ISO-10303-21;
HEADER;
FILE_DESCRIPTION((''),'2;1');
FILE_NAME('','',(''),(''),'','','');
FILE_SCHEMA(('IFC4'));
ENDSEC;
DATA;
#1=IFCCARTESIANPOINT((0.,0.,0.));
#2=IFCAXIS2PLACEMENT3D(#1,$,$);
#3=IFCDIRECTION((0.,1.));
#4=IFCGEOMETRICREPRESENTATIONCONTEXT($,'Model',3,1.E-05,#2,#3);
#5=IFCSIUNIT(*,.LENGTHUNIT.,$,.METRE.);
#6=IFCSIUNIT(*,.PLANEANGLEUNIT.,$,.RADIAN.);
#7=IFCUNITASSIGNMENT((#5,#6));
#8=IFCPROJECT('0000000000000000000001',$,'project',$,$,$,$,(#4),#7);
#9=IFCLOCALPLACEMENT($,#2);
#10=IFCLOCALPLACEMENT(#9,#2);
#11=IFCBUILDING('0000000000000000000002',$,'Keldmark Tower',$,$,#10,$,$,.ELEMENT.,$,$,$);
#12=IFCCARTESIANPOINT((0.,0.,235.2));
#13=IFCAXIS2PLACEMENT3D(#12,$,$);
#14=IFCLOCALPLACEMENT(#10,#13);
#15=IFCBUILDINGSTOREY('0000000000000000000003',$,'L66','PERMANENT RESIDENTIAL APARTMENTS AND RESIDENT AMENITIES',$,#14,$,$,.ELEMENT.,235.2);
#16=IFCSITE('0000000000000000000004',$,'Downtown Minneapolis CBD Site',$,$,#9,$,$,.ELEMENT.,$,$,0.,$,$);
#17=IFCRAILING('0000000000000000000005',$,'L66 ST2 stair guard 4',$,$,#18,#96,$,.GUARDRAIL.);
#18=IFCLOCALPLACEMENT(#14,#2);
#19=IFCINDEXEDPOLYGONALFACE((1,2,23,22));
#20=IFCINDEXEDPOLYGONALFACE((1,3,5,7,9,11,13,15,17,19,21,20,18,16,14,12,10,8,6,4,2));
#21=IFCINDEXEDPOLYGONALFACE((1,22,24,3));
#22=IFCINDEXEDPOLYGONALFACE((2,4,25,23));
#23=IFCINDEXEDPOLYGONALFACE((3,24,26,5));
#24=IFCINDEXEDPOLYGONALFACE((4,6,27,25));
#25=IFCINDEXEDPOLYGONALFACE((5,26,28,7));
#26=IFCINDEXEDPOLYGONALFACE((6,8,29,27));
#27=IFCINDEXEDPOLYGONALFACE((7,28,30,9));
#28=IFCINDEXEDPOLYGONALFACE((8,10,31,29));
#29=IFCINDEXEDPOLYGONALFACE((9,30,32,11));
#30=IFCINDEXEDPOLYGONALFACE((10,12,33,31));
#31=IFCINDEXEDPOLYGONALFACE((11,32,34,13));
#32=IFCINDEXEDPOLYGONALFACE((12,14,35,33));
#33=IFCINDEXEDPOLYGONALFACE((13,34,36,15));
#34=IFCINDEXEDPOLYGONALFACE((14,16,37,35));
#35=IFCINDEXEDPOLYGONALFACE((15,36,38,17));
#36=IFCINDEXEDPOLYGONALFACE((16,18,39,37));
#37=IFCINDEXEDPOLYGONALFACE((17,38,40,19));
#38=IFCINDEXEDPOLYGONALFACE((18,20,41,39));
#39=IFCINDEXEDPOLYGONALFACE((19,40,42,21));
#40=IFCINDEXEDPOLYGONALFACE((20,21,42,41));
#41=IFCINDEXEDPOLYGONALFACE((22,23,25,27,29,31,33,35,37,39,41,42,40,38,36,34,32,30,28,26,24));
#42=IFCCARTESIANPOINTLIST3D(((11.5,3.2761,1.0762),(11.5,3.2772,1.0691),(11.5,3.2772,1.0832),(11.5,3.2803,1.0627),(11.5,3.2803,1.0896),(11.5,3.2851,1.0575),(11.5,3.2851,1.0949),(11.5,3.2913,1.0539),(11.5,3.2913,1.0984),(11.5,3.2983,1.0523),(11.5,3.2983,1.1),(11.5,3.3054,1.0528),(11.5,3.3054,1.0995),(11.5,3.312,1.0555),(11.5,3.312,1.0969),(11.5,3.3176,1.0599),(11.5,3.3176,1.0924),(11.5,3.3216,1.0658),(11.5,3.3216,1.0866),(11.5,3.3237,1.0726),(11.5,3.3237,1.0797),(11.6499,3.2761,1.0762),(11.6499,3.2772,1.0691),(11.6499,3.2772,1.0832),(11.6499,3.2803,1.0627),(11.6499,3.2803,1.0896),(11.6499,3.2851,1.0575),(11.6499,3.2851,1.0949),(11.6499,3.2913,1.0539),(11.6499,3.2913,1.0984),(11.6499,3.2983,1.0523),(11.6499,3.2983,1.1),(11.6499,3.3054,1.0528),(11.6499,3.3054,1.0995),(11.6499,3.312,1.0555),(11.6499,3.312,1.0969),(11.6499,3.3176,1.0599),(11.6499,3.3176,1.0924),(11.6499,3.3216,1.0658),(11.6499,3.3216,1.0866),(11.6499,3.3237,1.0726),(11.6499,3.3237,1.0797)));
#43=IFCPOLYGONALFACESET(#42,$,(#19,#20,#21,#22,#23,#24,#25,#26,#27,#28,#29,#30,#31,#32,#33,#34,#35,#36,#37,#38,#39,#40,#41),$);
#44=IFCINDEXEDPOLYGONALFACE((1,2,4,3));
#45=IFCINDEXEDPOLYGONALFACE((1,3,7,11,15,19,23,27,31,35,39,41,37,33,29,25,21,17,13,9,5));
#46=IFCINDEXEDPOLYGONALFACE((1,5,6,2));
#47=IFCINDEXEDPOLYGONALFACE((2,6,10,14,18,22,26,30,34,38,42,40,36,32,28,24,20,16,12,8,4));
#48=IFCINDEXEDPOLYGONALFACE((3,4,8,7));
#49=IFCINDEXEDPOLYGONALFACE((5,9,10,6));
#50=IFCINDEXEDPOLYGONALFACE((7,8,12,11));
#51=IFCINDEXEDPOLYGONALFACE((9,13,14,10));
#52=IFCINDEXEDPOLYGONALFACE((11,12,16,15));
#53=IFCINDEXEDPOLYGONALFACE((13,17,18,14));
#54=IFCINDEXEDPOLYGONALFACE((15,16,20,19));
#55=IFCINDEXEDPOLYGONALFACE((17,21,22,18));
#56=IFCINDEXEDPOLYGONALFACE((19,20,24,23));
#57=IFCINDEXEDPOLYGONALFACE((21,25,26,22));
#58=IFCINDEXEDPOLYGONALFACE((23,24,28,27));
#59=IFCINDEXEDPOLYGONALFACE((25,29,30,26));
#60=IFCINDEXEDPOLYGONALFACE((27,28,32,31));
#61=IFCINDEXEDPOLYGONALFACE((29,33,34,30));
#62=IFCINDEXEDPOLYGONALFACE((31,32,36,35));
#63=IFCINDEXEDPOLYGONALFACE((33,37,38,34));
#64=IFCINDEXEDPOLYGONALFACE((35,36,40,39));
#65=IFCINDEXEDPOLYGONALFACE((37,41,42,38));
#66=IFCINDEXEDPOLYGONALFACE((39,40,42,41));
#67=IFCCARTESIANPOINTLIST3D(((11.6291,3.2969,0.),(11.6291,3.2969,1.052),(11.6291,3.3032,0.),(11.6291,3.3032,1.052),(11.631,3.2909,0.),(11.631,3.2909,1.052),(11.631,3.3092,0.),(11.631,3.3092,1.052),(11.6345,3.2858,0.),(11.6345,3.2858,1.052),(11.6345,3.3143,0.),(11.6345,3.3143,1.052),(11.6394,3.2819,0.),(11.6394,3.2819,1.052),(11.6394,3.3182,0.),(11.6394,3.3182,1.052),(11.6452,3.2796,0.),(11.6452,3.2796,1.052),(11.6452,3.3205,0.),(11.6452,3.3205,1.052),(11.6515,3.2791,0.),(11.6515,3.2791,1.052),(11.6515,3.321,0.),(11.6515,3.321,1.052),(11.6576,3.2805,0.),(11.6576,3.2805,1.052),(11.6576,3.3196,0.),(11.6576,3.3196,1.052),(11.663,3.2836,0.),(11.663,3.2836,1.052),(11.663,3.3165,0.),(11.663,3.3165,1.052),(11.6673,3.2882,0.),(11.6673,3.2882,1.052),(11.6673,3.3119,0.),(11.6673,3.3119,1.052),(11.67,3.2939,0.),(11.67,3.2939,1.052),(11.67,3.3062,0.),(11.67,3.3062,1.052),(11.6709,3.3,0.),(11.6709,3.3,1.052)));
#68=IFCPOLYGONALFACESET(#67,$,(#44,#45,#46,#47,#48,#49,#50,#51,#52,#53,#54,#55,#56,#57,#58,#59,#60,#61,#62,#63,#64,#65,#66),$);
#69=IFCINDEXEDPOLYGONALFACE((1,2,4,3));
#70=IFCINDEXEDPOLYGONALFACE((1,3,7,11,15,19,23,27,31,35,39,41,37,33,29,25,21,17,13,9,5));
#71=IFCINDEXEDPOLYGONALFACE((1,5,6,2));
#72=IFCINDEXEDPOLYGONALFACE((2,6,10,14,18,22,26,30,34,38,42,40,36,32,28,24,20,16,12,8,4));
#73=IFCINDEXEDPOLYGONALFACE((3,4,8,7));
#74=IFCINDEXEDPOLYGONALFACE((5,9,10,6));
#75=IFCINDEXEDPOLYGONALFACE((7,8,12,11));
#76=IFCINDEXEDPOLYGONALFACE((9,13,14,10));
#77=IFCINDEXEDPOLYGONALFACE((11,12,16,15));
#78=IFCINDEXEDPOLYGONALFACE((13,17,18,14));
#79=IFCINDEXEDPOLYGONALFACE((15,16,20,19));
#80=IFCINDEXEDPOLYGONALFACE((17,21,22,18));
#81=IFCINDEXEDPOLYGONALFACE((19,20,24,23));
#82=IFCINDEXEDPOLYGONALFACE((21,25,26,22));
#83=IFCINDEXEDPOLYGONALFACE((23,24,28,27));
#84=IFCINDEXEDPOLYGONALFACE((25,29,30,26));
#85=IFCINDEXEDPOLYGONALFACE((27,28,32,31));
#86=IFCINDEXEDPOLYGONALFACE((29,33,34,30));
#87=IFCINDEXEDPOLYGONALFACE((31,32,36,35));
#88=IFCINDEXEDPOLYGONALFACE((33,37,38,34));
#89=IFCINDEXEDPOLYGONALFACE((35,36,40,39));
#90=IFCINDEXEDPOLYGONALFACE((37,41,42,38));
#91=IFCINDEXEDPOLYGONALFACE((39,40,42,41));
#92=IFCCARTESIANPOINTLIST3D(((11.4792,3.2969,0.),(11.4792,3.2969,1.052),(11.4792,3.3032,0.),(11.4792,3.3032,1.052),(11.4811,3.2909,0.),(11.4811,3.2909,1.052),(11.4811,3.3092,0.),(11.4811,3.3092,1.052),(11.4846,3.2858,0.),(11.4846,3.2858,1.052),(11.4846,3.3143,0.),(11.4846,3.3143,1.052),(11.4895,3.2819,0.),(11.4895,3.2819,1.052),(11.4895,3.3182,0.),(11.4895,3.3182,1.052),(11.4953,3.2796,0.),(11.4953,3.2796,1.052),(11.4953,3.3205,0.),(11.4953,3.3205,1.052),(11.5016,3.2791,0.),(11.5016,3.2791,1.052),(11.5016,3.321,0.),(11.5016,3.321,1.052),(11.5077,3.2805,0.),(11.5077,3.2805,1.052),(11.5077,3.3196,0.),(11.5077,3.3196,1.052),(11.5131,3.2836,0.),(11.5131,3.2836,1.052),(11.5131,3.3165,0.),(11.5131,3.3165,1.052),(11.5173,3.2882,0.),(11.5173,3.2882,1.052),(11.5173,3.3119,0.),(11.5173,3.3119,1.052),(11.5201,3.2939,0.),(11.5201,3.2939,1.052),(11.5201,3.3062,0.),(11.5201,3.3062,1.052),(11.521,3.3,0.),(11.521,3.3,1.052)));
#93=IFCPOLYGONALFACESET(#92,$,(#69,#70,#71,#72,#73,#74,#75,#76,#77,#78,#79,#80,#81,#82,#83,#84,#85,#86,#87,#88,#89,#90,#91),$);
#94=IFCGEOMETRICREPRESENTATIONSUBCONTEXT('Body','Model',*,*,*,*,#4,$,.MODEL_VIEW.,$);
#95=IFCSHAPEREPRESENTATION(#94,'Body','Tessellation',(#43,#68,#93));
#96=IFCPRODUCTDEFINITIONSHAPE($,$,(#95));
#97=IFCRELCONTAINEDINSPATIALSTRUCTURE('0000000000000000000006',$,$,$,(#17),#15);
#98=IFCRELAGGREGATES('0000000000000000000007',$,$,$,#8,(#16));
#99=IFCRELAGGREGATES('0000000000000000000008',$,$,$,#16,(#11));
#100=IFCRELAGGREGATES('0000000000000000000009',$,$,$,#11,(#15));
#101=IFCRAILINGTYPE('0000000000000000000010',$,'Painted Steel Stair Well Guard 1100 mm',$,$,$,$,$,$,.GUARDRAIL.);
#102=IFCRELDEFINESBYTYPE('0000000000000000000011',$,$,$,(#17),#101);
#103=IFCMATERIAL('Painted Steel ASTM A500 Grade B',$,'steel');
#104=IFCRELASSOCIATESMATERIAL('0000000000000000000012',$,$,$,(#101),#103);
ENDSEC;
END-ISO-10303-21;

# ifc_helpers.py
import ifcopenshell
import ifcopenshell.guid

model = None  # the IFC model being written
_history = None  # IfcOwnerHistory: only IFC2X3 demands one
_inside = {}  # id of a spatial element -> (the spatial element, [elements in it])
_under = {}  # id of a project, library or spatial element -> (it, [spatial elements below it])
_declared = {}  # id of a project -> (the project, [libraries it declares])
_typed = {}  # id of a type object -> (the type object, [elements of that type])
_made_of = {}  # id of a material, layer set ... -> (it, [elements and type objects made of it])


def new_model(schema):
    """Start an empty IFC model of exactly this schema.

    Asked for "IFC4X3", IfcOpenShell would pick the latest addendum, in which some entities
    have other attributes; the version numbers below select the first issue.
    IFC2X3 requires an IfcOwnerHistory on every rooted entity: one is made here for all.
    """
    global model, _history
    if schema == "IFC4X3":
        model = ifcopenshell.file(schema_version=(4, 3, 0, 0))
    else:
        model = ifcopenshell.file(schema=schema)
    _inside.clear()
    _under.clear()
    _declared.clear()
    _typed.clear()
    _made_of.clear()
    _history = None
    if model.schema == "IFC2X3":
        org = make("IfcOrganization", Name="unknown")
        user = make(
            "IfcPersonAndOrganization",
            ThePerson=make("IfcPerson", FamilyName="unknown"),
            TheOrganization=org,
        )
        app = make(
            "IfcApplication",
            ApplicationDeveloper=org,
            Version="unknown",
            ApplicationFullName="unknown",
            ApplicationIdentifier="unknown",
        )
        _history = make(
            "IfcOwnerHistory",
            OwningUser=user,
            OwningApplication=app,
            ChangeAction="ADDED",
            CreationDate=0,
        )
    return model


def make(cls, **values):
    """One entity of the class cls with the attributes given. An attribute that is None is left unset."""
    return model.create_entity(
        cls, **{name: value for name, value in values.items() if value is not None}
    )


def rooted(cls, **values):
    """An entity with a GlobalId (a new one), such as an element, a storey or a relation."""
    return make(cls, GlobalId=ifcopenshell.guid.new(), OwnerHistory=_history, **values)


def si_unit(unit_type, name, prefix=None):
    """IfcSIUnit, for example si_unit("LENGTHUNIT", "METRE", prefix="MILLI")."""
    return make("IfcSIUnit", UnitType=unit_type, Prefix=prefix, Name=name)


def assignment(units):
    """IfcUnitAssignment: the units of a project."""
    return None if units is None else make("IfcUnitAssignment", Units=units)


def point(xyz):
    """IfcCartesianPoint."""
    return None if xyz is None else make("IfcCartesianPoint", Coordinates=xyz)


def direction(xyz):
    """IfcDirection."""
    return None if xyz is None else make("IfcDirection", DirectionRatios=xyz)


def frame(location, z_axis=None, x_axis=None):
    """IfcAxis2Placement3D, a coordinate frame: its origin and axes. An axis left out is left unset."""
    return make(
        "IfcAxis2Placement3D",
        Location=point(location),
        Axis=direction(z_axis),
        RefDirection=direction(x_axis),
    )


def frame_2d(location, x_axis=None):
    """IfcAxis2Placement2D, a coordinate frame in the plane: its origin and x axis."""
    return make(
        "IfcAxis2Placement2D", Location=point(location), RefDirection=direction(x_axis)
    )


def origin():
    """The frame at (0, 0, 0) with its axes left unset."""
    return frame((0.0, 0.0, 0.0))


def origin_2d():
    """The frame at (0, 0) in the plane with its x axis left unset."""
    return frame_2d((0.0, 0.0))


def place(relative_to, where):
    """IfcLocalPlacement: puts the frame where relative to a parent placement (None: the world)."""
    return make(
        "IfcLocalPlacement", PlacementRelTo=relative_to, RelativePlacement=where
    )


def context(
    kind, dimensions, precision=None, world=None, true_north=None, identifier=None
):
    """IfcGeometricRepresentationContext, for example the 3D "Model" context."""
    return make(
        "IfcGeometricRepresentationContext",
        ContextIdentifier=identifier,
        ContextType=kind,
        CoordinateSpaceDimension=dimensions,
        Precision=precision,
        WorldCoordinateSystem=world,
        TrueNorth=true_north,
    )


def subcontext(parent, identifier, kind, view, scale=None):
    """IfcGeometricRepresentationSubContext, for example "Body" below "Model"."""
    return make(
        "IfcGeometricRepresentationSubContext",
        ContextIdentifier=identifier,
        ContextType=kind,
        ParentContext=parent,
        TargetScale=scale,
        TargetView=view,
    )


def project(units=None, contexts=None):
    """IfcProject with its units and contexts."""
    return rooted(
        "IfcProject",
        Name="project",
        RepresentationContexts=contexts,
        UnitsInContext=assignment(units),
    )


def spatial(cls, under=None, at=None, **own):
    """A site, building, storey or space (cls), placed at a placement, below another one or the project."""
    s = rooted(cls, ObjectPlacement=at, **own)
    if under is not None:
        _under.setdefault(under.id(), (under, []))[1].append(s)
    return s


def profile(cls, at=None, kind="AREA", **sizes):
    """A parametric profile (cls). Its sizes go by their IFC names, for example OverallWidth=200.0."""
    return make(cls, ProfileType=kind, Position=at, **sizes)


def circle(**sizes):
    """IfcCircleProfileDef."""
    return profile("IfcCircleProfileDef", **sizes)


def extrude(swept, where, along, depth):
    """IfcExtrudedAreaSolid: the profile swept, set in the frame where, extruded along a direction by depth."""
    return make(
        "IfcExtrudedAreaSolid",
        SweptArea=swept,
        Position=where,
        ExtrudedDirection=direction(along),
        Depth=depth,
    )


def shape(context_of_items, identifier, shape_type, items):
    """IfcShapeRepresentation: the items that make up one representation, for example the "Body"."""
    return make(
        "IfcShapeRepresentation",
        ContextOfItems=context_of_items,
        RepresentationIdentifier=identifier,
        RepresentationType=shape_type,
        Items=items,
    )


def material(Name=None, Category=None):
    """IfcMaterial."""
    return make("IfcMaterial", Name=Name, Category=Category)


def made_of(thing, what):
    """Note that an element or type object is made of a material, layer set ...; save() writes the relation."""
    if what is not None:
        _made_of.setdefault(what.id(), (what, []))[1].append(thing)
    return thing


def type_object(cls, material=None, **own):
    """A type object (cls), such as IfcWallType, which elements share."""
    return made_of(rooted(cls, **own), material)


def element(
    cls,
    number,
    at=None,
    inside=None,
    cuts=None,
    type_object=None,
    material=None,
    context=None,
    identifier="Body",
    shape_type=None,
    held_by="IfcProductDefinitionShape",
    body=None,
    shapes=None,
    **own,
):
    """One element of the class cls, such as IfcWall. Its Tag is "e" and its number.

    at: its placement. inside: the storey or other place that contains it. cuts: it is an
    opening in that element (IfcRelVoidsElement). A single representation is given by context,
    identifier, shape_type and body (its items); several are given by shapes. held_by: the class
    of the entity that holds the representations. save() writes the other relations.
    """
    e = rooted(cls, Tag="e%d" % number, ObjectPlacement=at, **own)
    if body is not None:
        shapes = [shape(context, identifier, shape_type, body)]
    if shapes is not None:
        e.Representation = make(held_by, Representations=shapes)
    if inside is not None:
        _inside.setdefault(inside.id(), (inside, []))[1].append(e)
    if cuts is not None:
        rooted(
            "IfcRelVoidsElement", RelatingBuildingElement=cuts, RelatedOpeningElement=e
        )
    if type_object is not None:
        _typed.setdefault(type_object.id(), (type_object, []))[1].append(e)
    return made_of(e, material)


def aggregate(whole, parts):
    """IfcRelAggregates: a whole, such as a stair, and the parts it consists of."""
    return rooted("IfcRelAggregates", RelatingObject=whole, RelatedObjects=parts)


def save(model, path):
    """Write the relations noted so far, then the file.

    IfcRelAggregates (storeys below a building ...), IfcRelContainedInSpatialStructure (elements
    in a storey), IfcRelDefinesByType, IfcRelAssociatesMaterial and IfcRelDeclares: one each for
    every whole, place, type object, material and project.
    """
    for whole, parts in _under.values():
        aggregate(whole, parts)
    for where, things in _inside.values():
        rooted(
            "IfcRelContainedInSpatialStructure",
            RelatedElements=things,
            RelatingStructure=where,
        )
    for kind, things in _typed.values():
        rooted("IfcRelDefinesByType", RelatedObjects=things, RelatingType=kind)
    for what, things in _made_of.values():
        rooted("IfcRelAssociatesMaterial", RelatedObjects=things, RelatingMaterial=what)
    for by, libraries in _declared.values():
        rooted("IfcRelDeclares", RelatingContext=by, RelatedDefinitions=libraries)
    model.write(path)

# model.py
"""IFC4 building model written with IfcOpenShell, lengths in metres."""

from ifc_helpers import new_model, si_unit, direction, frame, origin, origin_2d, place, context, subcontext, project, spatial, circle, extrude, material, type_object, element, save


model = new_model("IFC4")

# Units and contexts
model_context = context("Model", 3, precision=1e-05, world=origin(), true_north=direction((0.0, 1.0)))
body_context = subcontext(model_context, "Body", "Model", "MODEL_VIEW")
ifc_project = project(units=[si_unit("LENGTHUNIT", "METRE"), si_unit("PLANEANGLEUNIT", "RADIAN")], contexts=[model_context])

# Site, building, storey
site_placement = place(None, origin())
site = spatial("IfcSite", under=ifc_project, at=site_placement, Name="Downtown Minneapolis CBD Site", CompositionType="ELEMENT", RefElevation=0.0)
building_placement = place(site_placement, origin())
building = spatial("IfcBuilding", under=site, at=building_placement, Name="Keldmark Tower", CompositionType="ELEMENT")
storey_placement = place(building_placement, frame((0.0, 0.0, 235.2)))
storey = spatial("IfcBuildingStorey", under=building, at=storey_placement, Name="L66", Description="PERMANENT RESIDENTIAL APARTMENTS AND RESIDENT AMENITIES", CompositionType="ELEMENT", Elevation=235.2)

# Railing
ifc_material_1 = material(Name="Painted Steel ASTM A500 Grade B", Category="steel")
railing_type_1 = type_object("IfcRailingType", Name="Painted Steel Stair Well Guard 1100 mm", PredefinedType="GUARDRAIL", material=ifc_material_1)
railing_1_placement = place(storey_placement, frame((11.6499, 3.3, 0.0)))
element("IfcRailing", 1, at=railing_1_placement, inside=storey, type_object=railing_type_1, Name="L66 ST2 stair guard 4", PredefinedType="GUARDRAIL", context=body_context, shape_type="SweptSolid", body=[
    extrude(circle(Radius=0.0239, at=origin_2d()), frame((0.0, 0.0, 1.0762), z_axis=(-1.0, 0.0, 0.0), x_axis=(0.0, -1.0, 0.0)), (0.0, 0.0, 1.0), 0.1499),
    extrude(circle(Radius=0.021, at=origin_2d()), origin(), (0.0, 0.0, 1.0), 1.052),
    extrude(circle(Radius=0.021, at=origin_2d()), frame((-0.1499, 0.0, 0.0)), (0.0, 0.0, 1.0), 1.052),
])

save(model, "model.ifc")
